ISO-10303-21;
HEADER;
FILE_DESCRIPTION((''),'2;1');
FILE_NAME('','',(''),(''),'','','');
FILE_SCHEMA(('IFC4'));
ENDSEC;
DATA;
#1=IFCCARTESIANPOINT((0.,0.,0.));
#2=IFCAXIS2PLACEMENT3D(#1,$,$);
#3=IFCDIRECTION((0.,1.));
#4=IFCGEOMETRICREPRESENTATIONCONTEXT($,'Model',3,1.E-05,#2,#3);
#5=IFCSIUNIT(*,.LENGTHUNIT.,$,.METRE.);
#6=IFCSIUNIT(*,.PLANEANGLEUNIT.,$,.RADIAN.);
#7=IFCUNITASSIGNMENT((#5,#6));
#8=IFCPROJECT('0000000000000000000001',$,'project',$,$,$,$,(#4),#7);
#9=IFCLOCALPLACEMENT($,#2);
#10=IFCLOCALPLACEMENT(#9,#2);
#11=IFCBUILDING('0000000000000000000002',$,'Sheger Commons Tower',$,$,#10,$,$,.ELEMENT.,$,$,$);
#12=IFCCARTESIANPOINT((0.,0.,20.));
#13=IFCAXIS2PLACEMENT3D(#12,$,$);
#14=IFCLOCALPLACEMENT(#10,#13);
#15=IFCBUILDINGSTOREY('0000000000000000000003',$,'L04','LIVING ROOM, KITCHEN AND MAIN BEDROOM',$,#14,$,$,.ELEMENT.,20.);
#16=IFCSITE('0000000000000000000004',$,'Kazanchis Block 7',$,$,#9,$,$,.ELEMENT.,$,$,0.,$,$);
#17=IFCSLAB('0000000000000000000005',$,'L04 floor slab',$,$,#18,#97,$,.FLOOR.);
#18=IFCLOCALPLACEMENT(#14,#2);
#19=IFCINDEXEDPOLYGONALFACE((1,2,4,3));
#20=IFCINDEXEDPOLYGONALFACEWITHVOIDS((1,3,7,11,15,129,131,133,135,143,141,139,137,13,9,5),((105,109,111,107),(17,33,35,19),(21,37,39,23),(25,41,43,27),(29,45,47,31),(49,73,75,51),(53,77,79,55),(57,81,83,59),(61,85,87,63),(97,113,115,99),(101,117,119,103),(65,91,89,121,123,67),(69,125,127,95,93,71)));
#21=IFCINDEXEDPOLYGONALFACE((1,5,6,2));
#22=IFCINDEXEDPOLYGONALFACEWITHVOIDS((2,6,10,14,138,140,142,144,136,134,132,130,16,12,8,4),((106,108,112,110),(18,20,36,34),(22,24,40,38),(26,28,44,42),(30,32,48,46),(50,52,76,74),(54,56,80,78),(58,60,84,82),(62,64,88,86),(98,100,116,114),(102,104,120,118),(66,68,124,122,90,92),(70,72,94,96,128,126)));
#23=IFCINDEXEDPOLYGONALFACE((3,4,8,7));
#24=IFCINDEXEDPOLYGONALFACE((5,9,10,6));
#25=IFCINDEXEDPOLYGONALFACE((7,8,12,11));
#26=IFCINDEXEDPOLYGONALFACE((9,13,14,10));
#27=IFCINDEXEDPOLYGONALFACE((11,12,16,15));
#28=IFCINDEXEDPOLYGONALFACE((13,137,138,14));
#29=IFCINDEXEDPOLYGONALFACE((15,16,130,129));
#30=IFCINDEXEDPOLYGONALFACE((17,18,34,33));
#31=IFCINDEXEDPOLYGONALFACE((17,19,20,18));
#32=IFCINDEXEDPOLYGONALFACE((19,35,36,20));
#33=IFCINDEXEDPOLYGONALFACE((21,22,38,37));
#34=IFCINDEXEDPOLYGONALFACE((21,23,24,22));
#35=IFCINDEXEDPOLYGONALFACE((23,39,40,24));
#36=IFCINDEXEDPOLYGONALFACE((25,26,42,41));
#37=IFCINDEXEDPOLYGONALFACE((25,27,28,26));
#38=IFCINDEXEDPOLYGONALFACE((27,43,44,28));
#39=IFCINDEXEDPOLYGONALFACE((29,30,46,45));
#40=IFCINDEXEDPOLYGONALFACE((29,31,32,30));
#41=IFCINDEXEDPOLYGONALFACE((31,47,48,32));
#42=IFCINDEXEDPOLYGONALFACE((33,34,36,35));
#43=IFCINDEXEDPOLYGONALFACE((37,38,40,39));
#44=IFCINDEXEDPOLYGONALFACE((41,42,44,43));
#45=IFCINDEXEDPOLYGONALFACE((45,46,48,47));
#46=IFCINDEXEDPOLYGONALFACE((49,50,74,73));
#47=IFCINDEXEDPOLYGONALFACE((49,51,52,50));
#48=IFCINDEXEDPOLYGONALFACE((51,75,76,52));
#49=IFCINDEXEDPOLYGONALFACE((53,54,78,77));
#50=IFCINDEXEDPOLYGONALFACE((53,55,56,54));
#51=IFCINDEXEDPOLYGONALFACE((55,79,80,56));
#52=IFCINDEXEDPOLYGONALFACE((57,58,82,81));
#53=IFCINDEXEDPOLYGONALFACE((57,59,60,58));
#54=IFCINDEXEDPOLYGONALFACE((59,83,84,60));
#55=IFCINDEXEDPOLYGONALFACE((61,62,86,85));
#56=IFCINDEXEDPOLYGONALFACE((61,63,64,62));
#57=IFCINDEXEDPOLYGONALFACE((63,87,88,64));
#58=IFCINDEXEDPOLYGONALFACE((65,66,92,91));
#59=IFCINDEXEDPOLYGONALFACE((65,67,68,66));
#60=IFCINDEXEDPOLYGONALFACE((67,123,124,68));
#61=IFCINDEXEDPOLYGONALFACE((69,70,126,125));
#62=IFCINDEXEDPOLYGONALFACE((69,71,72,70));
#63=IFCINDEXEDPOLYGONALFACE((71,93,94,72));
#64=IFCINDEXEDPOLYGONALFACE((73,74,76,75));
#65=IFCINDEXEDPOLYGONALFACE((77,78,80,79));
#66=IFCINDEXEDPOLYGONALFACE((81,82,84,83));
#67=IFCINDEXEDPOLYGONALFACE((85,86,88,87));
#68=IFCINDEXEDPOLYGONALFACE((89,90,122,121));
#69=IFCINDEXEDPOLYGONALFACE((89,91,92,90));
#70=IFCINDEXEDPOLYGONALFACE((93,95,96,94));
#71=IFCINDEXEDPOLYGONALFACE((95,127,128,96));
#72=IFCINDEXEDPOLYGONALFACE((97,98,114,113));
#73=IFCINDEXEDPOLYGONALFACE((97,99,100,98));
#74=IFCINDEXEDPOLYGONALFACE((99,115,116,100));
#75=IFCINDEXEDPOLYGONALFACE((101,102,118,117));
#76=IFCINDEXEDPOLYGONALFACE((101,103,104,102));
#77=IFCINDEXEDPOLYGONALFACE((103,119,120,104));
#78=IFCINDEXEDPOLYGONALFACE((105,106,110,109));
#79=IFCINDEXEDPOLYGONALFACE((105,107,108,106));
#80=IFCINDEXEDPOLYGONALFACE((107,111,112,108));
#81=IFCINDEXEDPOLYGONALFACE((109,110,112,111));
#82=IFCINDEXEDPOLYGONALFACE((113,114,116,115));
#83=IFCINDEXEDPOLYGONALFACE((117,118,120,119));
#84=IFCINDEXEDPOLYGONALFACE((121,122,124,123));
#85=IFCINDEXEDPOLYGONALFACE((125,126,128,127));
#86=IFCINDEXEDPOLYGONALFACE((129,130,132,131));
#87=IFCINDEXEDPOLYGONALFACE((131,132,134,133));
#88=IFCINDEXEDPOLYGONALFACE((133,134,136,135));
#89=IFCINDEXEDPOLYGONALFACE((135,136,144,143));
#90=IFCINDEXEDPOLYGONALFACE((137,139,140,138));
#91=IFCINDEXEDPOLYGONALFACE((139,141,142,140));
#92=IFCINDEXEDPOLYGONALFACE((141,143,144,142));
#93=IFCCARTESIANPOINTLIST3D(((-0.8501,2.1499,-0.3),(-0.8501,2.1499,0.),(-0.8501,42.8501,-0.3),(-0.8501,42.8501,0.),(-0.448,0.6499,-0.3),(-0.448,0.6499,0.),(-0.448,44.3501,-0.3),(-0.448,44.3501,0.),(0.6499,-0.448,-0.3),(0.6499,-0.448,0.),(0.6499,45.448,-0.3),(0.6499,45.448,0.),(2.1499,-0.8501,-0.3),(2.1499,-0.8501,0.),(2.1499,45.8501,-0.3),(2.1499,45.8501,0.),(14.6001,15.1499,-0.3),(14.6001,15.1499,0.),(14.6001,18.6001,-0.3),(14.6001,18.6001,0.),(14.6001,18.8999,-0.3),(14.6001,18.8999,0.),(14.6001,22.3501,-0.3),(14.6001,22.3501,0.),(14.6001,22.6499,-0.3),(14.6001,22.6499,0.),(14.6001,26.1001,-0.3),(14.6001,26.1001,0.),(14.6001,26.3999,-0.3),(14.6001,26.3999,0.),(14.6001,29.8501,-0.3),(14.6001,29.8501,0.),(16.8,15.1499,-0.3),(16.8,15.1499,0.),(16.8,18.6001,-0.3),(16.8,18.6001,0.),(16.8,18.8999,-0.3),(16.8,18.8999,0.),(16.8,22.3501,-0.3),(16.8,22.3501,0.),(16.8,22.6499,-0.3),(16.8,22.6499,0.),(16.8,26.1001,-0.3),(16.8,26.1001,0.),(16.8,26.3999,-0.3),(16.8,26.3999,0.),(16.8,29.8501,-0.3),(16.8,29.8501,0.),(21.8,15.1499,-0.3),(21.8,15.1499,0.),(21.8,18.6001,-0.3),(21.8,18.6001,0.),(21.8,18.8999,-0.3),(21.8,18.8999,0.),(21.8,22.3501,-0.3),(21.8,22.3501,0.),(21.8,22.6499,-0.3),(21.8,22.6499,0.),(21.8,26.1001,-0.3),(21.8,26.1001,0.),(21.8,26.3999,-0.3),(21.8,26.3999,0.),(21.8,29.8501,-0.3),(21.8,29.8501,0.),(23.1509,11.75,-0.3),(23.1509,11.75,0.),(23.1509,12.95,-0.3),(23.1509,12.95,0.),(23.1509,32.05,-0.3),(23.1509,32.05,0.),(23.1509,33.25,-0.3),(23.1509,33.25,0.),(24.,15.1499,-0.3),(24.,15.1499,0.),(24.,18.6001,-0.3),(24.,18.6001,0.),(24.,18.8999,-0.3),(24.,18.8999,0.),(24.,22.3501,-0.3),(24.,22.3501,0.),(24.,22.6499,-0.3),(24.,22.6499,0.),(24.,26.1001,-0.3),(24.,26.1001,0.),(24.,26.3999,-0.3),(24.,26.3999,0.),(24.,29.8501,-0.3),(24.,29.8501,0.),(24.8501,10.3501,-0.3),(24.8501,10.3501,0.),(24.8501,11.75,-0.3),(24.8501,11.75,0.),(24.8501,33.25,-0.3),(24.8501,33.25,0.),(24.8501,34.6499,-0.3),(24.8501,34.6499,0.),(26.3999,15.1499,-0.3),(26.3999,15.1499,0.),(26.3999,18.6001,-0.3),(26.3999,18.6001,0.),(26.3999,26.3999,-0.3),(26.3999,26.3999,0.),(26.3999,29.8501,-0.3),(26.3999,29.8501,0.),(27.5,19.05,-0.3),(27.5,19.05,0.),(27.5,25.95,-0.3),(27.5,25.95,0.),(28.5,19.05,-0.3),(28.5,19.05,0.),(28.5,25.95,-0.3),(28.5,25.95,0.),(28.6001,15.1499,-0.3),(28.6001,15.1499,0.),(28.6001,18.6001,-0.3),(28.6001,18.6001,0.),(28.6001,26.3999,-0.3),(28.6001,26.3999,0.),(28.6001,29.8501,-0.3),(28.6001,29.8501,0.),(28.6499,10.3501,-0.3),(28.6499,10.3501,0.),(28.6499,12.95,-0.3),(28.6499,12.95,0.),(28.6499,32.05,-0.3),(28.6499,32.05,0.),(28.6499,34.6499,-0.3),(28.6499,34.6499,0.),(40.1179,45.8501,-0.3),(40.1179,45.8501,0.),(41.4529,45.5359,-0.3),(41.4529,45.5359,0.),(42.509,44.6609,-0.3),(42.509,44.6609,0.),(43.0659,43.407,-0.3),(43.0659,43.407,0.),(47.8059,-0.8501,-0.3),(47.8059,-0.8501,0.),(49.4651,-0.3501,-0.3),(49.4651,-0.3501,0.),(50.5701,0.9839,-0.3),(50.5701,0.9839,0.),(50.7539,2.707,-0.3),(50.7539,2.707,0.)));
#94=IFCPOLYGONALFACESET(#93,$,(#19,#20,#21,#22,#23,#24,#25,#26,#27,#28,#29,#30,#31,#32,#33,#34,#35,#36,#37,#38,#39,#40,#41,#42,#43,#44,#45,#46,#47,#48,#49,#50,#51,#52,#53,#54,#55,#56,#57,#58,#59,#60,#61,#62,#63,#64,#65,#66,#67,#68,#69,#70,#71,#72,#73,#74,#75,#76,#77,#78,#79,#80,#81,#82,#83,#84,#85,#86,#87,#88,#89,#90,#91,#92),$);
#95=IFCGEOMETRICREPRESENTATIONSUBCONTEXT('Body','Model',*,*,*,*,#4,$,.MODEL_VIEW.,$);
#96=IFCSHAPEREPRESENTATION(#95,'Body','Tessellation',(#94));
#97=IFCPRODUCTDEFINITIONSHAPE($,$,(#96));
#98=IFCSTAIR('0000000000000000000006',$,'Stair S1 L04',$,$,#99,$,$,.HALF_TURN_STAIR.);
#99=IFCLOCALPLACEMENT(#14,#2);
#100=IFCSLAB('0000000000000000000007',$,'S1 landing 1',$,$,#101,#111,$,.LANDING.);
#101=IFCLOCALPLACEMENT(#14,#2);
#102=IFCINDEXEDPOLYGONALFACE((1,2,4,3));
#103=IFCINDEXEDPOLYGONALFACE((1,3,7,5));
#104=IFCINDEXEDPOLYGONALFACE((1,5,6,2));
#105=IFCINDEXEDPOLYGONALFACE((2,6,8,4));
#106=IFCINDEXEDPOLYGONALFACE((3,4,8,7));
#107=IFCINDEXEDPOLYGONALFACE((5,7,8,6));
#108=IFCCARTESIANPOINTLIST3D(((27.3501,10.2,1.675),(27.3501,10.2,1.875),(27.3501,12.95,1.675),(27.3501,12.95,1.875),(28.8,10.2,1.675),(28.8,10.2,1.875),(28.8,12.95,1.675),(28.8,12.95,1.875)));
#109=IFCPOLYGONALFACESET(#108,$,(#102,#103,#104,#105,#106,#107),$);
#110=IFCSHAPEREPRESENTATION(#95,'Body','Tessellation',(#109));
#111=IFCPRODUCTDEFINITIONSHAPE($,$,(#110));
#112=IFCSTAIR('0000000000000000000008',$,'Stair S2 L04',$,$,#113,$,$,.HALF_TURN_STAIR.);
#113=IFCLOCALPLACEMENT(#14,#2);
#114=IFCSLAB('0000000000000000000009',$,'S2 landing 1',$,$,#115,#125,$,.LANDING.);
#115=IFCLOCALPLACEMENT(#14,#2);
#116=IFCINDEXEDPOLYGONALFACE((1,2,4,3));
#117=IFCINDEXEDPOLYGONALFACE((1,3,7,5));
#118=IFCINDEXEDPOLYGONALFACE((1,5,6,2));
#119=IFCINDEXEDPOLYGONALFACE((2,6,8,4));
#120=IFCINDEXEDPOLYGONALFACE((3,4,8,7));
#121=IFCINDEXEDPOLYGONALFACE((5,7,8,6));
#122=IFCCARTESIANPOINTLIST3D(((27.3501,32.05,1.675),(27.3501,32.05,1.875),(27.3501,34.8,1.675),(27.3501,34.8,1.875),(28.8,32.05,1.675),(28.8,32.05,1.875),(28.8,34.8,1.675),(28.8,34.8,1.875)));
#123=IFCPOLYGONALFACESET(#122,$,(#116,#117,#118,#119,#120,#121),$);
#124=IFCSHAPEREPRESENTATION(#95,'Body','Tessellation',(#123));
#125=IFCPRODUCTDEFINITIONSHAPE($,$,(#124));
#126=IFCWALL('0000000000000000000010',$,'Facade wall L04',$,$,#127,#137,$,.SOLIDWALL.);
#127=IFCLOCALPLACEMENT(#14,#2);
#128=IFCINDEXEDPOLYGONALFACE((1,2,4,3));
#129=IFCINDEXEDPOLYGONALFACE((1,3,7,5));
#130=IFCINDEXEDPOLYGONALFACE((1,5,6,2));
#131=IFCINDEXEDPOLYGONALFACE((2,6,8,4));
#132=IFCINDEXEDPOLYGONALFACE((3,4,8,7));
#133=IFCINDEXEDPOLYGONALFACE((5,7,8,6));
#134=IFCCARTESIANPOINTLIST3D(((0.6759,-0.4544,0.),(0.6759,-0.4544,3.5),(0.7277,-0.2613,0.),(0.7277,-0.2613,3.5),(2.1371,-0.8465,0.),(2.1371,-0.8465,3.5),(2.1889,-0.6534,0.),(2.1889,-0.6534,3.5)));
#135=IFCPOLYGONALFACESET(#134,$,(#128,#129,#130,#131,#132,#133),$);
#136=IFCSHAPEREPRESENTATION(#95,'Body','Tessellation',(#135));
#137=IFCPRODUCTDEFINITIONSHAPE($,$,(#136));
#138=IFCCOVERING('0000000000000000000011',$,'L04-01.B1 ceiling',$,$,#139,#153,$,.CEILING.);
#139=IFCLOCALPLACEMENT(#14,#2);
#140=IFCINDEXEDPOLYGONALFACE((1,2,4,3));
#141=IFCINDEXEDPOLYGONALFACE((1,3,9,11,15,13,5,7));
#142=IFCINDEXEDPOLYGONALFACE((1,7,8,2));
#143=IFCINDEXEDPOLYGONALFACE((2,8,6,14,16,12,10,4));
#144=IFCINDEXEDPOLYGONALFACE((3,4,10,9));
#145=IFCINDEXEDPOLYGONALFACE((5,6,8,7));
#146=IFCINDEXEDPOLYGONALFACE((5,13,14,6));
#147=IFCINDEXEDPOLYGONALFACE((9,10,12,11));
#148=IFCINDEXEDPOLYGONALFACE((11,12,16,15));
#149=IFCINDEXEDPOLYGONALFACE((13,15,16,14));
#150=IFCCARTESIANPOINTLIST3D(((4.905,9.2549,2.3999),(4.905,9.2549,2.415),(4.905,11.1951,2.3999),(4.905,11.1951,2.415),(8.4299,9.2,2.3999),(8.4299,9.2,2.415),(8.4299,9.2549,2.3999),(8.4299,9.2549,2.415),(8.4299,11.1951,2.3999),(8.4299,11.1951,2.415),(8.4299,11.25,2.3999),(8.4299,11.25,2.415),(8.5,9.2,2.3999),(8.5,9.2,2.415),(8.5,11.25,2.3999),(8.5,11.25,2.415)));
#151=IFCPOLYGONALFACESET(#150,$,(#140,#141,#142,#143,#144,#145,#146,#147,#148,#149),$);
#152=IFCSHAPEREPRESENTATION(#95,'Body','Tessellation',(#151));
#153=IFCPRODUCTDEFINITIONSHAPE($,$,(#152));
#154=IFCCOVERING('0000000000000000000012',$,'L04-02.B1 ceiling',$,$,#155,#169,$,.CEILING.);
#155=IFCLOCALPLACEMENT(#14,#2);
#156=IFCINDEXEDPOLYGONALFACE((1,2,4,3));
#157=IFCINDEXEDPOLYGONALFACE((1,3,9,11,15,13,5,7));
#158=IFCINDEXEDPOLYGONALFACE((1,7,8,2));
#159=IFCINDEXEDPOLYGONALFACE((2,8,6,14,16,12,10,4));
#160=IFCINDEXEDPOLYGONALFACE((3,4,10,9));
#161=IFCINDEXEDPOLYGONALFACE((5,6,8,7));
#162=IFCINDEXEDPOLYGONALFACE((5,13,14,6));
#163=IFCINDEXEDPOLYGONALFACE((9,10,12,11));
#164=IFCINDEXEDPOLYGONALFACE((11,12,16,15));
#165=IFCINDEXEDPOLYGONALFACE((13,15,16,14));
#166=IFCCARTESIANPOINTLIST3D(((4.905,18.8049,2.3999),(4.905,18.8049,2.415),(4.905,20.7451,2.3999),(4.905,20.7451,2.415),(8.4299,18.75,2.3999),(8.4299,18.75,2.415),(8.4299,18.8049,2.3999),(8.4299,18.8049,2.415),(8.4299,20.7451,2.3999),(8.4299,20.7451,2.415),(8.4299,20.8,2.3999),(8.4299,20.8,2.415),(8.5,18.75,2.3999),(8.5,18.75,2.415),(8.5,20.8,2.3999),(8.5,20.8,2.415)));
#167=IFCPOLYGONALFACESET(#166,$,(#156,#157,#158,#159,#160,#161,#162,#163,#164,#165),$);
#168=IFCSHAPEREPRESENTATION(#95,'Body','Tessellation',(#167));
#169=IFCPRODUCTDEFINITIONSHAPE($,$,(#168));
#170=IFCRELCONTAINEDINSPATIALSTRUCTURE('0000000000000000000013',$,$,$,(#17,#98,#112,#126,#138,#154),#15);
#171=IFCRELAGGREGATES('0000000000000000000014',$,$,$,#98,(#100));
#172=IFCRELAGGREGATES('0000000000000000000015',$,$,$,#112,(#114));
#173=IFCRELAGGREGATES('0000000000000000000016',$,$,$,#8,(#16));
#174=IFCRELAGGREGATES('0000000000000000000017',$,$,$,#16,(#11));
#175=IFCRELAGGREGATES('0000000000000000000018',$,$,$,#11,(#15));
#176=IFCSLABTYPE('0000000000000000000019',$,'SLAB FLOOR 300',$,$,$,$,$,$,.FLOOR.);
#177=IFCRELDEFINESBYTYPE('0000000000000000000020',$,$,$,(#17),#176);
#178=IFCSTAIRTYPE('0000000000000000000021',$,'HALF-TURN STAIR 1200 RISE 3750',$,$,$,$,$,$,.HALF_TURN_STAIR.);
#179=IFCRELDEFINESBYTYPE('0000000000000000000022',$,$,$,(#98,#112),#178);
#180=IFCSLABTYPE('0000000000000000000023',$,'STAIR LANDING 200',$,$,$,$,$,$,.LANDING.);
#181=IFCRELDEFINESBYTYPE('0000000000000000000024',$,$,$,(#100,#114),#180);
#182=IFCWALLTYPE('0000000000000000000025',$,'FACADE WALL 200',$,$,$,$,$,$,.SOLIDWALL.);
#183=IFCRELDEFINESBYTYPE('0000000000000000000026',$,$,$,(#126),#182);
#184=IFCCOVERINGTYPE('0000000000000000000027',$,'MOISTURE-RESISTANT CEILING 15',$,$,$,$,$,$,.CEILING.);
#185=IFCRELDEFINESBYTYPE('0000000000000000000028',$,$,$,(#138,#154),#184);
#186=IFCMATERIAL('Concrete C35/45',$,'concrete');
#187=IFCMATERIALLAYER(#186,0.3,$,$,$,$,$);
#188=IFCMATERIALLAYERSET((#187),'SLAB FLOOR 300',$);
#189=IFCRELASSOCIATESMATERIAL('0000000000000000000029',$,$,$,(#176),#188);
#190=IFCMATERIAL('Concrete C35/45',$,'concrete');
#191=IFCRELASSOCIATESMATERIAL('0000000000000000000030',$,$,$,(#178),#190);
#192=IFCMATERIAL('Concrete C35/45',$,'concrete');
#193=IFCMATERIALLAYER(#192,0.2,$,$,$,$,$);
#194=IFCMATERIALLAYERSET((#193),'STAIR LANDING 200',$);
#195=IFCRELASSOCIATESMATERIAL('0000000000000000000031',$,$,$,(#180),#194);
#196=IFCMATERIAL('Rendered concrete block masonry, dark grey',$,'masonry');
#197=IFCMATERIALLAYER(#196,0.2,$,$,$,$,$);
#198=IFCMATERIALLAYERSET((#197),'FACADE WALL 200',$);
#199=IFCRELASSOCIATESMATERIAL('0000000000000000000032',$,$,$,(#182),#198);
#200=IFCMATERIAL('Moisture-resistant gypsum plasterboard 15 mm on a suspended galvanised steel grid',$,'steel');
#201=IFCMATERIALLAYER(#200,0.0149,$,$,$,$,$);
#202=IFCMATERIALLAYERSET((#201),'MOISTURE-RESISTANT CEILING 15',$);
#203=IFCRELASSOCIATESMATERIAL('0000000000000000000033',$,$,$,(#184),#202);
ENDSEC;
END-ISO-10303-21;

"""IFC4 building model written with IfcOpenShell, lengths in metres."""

from ifc_helpers import new_model, si_unit, direction, frame, frame_2d, origin, place, context, subcontext, project, spatial, polyline, rectangle, outline, extrude, material, layer, layer_set, type_object, element, aggregate, save


model = new_model("IFC4")

# Units and contexts
model_context = context("Model", 3, precision=1e-05, world=origin(), true_north=direction((0.0, 1.0)))
body_context = subcontext(model_context, "Body", "Model", "MODEL_VIEW")
ifc_project = project(units=[si_unit("LENGTHUNIT", "METRE"), si_unit("PLANEANGLEUNIT", "RADIAN")], contexts=[model_context])

# Site, building, storey
site_placement = place(None, origin())
site = spatial("IfcSite", under=ifc_project, at=site_placement, Name="Kazanchis Block 7", CompositionType="ELEMENT", RefElevation=0.0)
building_placement = place(site_placement, origin())
building = spatial("IfcBuilding", under=site, at=building_placement, Name="Sheger Commons Tower", CompositionType="ELEMENT")
storey_placement = place(building_placement, frame((0.0, 0.0, 20.0)))
storey = spatial("IfcBuildingStorey", under=building, at=storey_placement, Name="L04", Description="LIVING ROOM, KITCHEN AND MAIN BEDROOM", CompositionType="ELEMENT", Elevation=20.0)

# Slab
ifc_material_1 = material(Name="Concrete C35/45", Category="concrete")
ifc_layer_1 = layer(ifc_material_1, 0.3)
ifc_layer_set_1 = layer_set([ifc_layer_1], Name="SLAB FLOOR 300")
slab_type_1 = type_object("IfcSlabType", Name="SLAB FLOOR 300", PredefinedType="FLOOR", material=ifc_layer_set_1)
slab_1_placement = place(storey_placement, frame((0.0, 0.0, -0.3)))
element("IfcSlab", 1, at=slab_1_placement, inside=storey, type_object=slab_type_1, Name="L04 floor slab", PredefinedType="FLOOR", context=body_context, shape_type="SweptSolid", body=[
    extrude(outline(polyline([(-0.8501, 2.1499), (-0.448, 0.6499), (0.6499, -0.448), (2.1499, -0.8501), (47.8059, -0.8501), (49.4651, -0.3501), (50.5701, 0.9839), (50.7539, 2.707), (43.0659, 43.407), (42.509, 44.6609), (41.4529, 45.5359), (40.1179, 45.8501), (2.1499, 45.8501), (0.6499, 45.448), (-0.448, 44.3501), (-0.8501, 42.8501), (-0.8501, 2.1499)]), holes=[polyline([(24.8501, 10.3501), (28.6499, 10.3501), (28.6499, 12.95), (23.1509, 12.95), (23.1509, 11.75), (24.8501, 11.75), (24.8501, 10.3501)]), polyline([(23.1509, 32.05), (28.6499, 32.05), (28.6499, 34.6499), (24.8501, 34.6499), (24.8501, 33.25), (23.1509, 33.25), (23.1509, 32.05)]), polyline([(26.3999, 15.1499), (28.6001, 15.1499), (28.6001, 18.6001), (26.3999, 18.6001), (26.3999, 15.1499)]), polyline([(26.3999, 26.3999), (28.6001, 26.3999), (28.6001, 29.8501), (26.3999, 29.8501), (26.3999, 26.3999)]), polyline([(14.6001, 15.1499), (16.8, 15.1499), (16.8, 18.6001), (14.6001, 18.6001), (14.6001, 15.1499)]), polyline([(14.6001, 18.8999), (16.8, 18.8999), (16.8, 22.3501), (14.6001, 22.3501), (14.6001, 18.8999)]), polyline([(14.6001, 22.6499), (16.8, 22.6499), (16.8, 26.1001), (14.6001, 26.1001), (14.6001, 22.6499)]), polyline([(14.6001, 26.3999), (16.8, 26.3999), (16.8, 29.8501), (14.6001, 29.8501), (14.6001, 26.3999)]), polyline([(21.8, 15.1499), (24.0, 15.1499), (24.0, 18.6001), (21.8, 18.6001), (21.8, 15.1499)]), polyline([(21.8, 18.8999), (24.0, 18.8999), (24.0, 22.3501), (21.8, 22.3501), (21.8, 18.8999)]), polyline([(21.8, 22.6499), (24.0, 22.6499), (24.0, 26.1001), (21.8, 26.1001), (21.8, 22.6499)]), polyline([(21.8, 26.3999), (24.0, 26.3999), (24.0, 29.8501), (21.8, 29.8501), (21.8, 26.3999)]), polyline([(27.5, 19.05), (28.5, 19.05), (28.5, 25.95), (27.5, 25.95), (27.5, 19.05)])]), origin(), (0.0, 0.0, 1.0), 0.3),
])

# Stairs, slabs
ifc_material_2 = material(Name="Concrete C35/45", Category="concrete")
stair_type = type_object("IfcStairType", Name="HALF-TURN STAIR 1200 RISE 3750", PredefinedType="HALF_TURN_STAIR", material=ifc_material_2)
stair_1_placement = place(storey_placement, origin())
stair_1 = element("IfcStair", 2, at=stair_1_placement, inside=storey, type_object=stair_type, Name="Stair S1 L04", PredefinedType="HALF_TURN_STAIR")
ifc_material_3 = material(Name="Concrete C35/45", Category="concrete")
ifc_layer_2 = layer(ifc_material_3, 0.2)
ifc_layer_set_2 = layer_set([ifc_layer_2], Name="STAIR LANDING 200")
slab_type_2 = type_object("IfcSlabType", Name="STAIR LANDING 200", PredefinedType="LANDING", material=ifc_layer_set_2)
slab_2_placement = place(storey_placement, frame((0.0, 0.0, 1.675)))
slab_2 = element("IfcSlab", 3, at=slab_2_placement, type_object=slab_type_2, Name="S1 landing 1", PredefinedType="LANDING", context=body_context, shape_type="SweptSolid", body=[
    extrude(outline(polyline([(27.3501, 10.2), (28.8, 10.2), (28.8, 12.95), (27.3501, 12.95), (27.3501, 10.2)])), origin(), (0.0, 0.0, 1.0), 0.2),
])
aggregate(stair_1, [slab_2])
stair_2_placement = place(storey_placement, origin())
stair_2 = element("IfcStair", 4, at=stair_2_placement, inside=storey, type_object=stair_type, Name="Stair S2 L04", PredefinedType="HALF_TURN_STAIR")
slab_3_placement = place(storey_placement, frame((0.0, 0.0, 1.675)))
slab_3 = element("IfcSlab", 5, at=slab_3_placement, type_object=slab_type_2, Name="S2 landing 1", PredefinedType="LANDING", context=body_context, shape_type="SweptSolid", body=[
    extrude(outline(polyline([(27.3501, 32.05), (28.8, 32.05), (28.8, 34.8), (27.3501, 34.8), (27.3501, 32.05)])), origin(), (0.0, 0.0, 1.0), 0.2),
])
aggregate(stair_2, [slab_3])

# Wall
ifc_material_4 = material(Name="Rendered concrete block masonry, dark grey", Category="masonry")
ifc_layer_3 = layer(ifc_material_4, 0.2)
ifc_layer_set_3 = layer_set([ifc_layer_3], Name="FACADE WALL 200")
wall_type = type_object("IfcWallType", Name="FACADE WALL 200", PredefinedType="SOLIDWALL", material=ifc_layer_set_3)
wall_placement = place(storey_placement, frame((0.7019, -0.3579, 0.0), z_axis=(0.0, 0.0, 1.0), x_axis=(0.965832, -0.259169, 0.0)))
element("IfcWall", 6, at=wall_placement, inside=storey, type_object=wall_type, Name="Facade wall L04", PredefinedType="SOLIDWALL", context=body_context, shape_type="SweptSolid", body=[
    extrude(rectangle(XDim=1.5129, YDim=0.2, at=frame_2d((0.7563, 0.0))), origin(), (0.0, 0.0, 1.0), 3.5),
])

# Coverings
ifc_material_5 = material(Name="Moisture-resistant gypsum plasterboard 15 mm on a suspended galvanised steel grid", Category="steel")
ifc_layer_4 = layer(ifc_material_5, 0.0149)
ifc_layer_set_4 = layer_set([ifc_layer_4], Name="MOISTURE-RESISTANT CEILING 15")
covering_type_1 = type_object("IfcCoveringType", Name="MOISTURE-RESISTANT CEILING 15", PredefinedType="CEILING", material=ifc_layer_set_4)
covering_1_placement = place(storey_placement, frame((0.0, 0.0, 2.3999)))
element("IfcCovering", 7, at=covering_1_placement, inside=storey, type_object=covering_type_1, Name="L04-01.B1 ceiling", PredefinedType="CEILING", context=body_context, shape_type="SweptSolid", body=[
    extrude(outline(polyline([(8.4299, 9.2), (8.5, 9.2), (8.5, 11.25), (8.4299, 11.25), (8.4299, 11.1951), (4.905, 11.1951), (4.905, 9.2549), (8.4299, 9.2549), (8.4299, 9.2)])), origin(), (0.0, 0.0, 1.0), 0.0151),
])
covering_2_placement = place(storey_placement, frame((0.0, 0.0, 2.3999)))
element("IfcCovering", 8, at=covering_2_placement, inside=storey, type_object=covering_type_1, Name="L04-02.B1 ceiling", PredefinedType="CEILING", context=body_context, shape_type="SweptSolid", body=[
    extrude(outline(polyline([(8.4299, 18.75), (8.5, 18.75), (8.5, 20.8), (8.4299, 20.8), (8.4299, 20.7451), (4.905, 20.7451), (4.905, 18.8049), (8.4299, 18.8049), (8.4299, 18.75)])), origin(), (0.0, 0.0, 1.0), 0.0151),
])

save(model, "model.ifc")
